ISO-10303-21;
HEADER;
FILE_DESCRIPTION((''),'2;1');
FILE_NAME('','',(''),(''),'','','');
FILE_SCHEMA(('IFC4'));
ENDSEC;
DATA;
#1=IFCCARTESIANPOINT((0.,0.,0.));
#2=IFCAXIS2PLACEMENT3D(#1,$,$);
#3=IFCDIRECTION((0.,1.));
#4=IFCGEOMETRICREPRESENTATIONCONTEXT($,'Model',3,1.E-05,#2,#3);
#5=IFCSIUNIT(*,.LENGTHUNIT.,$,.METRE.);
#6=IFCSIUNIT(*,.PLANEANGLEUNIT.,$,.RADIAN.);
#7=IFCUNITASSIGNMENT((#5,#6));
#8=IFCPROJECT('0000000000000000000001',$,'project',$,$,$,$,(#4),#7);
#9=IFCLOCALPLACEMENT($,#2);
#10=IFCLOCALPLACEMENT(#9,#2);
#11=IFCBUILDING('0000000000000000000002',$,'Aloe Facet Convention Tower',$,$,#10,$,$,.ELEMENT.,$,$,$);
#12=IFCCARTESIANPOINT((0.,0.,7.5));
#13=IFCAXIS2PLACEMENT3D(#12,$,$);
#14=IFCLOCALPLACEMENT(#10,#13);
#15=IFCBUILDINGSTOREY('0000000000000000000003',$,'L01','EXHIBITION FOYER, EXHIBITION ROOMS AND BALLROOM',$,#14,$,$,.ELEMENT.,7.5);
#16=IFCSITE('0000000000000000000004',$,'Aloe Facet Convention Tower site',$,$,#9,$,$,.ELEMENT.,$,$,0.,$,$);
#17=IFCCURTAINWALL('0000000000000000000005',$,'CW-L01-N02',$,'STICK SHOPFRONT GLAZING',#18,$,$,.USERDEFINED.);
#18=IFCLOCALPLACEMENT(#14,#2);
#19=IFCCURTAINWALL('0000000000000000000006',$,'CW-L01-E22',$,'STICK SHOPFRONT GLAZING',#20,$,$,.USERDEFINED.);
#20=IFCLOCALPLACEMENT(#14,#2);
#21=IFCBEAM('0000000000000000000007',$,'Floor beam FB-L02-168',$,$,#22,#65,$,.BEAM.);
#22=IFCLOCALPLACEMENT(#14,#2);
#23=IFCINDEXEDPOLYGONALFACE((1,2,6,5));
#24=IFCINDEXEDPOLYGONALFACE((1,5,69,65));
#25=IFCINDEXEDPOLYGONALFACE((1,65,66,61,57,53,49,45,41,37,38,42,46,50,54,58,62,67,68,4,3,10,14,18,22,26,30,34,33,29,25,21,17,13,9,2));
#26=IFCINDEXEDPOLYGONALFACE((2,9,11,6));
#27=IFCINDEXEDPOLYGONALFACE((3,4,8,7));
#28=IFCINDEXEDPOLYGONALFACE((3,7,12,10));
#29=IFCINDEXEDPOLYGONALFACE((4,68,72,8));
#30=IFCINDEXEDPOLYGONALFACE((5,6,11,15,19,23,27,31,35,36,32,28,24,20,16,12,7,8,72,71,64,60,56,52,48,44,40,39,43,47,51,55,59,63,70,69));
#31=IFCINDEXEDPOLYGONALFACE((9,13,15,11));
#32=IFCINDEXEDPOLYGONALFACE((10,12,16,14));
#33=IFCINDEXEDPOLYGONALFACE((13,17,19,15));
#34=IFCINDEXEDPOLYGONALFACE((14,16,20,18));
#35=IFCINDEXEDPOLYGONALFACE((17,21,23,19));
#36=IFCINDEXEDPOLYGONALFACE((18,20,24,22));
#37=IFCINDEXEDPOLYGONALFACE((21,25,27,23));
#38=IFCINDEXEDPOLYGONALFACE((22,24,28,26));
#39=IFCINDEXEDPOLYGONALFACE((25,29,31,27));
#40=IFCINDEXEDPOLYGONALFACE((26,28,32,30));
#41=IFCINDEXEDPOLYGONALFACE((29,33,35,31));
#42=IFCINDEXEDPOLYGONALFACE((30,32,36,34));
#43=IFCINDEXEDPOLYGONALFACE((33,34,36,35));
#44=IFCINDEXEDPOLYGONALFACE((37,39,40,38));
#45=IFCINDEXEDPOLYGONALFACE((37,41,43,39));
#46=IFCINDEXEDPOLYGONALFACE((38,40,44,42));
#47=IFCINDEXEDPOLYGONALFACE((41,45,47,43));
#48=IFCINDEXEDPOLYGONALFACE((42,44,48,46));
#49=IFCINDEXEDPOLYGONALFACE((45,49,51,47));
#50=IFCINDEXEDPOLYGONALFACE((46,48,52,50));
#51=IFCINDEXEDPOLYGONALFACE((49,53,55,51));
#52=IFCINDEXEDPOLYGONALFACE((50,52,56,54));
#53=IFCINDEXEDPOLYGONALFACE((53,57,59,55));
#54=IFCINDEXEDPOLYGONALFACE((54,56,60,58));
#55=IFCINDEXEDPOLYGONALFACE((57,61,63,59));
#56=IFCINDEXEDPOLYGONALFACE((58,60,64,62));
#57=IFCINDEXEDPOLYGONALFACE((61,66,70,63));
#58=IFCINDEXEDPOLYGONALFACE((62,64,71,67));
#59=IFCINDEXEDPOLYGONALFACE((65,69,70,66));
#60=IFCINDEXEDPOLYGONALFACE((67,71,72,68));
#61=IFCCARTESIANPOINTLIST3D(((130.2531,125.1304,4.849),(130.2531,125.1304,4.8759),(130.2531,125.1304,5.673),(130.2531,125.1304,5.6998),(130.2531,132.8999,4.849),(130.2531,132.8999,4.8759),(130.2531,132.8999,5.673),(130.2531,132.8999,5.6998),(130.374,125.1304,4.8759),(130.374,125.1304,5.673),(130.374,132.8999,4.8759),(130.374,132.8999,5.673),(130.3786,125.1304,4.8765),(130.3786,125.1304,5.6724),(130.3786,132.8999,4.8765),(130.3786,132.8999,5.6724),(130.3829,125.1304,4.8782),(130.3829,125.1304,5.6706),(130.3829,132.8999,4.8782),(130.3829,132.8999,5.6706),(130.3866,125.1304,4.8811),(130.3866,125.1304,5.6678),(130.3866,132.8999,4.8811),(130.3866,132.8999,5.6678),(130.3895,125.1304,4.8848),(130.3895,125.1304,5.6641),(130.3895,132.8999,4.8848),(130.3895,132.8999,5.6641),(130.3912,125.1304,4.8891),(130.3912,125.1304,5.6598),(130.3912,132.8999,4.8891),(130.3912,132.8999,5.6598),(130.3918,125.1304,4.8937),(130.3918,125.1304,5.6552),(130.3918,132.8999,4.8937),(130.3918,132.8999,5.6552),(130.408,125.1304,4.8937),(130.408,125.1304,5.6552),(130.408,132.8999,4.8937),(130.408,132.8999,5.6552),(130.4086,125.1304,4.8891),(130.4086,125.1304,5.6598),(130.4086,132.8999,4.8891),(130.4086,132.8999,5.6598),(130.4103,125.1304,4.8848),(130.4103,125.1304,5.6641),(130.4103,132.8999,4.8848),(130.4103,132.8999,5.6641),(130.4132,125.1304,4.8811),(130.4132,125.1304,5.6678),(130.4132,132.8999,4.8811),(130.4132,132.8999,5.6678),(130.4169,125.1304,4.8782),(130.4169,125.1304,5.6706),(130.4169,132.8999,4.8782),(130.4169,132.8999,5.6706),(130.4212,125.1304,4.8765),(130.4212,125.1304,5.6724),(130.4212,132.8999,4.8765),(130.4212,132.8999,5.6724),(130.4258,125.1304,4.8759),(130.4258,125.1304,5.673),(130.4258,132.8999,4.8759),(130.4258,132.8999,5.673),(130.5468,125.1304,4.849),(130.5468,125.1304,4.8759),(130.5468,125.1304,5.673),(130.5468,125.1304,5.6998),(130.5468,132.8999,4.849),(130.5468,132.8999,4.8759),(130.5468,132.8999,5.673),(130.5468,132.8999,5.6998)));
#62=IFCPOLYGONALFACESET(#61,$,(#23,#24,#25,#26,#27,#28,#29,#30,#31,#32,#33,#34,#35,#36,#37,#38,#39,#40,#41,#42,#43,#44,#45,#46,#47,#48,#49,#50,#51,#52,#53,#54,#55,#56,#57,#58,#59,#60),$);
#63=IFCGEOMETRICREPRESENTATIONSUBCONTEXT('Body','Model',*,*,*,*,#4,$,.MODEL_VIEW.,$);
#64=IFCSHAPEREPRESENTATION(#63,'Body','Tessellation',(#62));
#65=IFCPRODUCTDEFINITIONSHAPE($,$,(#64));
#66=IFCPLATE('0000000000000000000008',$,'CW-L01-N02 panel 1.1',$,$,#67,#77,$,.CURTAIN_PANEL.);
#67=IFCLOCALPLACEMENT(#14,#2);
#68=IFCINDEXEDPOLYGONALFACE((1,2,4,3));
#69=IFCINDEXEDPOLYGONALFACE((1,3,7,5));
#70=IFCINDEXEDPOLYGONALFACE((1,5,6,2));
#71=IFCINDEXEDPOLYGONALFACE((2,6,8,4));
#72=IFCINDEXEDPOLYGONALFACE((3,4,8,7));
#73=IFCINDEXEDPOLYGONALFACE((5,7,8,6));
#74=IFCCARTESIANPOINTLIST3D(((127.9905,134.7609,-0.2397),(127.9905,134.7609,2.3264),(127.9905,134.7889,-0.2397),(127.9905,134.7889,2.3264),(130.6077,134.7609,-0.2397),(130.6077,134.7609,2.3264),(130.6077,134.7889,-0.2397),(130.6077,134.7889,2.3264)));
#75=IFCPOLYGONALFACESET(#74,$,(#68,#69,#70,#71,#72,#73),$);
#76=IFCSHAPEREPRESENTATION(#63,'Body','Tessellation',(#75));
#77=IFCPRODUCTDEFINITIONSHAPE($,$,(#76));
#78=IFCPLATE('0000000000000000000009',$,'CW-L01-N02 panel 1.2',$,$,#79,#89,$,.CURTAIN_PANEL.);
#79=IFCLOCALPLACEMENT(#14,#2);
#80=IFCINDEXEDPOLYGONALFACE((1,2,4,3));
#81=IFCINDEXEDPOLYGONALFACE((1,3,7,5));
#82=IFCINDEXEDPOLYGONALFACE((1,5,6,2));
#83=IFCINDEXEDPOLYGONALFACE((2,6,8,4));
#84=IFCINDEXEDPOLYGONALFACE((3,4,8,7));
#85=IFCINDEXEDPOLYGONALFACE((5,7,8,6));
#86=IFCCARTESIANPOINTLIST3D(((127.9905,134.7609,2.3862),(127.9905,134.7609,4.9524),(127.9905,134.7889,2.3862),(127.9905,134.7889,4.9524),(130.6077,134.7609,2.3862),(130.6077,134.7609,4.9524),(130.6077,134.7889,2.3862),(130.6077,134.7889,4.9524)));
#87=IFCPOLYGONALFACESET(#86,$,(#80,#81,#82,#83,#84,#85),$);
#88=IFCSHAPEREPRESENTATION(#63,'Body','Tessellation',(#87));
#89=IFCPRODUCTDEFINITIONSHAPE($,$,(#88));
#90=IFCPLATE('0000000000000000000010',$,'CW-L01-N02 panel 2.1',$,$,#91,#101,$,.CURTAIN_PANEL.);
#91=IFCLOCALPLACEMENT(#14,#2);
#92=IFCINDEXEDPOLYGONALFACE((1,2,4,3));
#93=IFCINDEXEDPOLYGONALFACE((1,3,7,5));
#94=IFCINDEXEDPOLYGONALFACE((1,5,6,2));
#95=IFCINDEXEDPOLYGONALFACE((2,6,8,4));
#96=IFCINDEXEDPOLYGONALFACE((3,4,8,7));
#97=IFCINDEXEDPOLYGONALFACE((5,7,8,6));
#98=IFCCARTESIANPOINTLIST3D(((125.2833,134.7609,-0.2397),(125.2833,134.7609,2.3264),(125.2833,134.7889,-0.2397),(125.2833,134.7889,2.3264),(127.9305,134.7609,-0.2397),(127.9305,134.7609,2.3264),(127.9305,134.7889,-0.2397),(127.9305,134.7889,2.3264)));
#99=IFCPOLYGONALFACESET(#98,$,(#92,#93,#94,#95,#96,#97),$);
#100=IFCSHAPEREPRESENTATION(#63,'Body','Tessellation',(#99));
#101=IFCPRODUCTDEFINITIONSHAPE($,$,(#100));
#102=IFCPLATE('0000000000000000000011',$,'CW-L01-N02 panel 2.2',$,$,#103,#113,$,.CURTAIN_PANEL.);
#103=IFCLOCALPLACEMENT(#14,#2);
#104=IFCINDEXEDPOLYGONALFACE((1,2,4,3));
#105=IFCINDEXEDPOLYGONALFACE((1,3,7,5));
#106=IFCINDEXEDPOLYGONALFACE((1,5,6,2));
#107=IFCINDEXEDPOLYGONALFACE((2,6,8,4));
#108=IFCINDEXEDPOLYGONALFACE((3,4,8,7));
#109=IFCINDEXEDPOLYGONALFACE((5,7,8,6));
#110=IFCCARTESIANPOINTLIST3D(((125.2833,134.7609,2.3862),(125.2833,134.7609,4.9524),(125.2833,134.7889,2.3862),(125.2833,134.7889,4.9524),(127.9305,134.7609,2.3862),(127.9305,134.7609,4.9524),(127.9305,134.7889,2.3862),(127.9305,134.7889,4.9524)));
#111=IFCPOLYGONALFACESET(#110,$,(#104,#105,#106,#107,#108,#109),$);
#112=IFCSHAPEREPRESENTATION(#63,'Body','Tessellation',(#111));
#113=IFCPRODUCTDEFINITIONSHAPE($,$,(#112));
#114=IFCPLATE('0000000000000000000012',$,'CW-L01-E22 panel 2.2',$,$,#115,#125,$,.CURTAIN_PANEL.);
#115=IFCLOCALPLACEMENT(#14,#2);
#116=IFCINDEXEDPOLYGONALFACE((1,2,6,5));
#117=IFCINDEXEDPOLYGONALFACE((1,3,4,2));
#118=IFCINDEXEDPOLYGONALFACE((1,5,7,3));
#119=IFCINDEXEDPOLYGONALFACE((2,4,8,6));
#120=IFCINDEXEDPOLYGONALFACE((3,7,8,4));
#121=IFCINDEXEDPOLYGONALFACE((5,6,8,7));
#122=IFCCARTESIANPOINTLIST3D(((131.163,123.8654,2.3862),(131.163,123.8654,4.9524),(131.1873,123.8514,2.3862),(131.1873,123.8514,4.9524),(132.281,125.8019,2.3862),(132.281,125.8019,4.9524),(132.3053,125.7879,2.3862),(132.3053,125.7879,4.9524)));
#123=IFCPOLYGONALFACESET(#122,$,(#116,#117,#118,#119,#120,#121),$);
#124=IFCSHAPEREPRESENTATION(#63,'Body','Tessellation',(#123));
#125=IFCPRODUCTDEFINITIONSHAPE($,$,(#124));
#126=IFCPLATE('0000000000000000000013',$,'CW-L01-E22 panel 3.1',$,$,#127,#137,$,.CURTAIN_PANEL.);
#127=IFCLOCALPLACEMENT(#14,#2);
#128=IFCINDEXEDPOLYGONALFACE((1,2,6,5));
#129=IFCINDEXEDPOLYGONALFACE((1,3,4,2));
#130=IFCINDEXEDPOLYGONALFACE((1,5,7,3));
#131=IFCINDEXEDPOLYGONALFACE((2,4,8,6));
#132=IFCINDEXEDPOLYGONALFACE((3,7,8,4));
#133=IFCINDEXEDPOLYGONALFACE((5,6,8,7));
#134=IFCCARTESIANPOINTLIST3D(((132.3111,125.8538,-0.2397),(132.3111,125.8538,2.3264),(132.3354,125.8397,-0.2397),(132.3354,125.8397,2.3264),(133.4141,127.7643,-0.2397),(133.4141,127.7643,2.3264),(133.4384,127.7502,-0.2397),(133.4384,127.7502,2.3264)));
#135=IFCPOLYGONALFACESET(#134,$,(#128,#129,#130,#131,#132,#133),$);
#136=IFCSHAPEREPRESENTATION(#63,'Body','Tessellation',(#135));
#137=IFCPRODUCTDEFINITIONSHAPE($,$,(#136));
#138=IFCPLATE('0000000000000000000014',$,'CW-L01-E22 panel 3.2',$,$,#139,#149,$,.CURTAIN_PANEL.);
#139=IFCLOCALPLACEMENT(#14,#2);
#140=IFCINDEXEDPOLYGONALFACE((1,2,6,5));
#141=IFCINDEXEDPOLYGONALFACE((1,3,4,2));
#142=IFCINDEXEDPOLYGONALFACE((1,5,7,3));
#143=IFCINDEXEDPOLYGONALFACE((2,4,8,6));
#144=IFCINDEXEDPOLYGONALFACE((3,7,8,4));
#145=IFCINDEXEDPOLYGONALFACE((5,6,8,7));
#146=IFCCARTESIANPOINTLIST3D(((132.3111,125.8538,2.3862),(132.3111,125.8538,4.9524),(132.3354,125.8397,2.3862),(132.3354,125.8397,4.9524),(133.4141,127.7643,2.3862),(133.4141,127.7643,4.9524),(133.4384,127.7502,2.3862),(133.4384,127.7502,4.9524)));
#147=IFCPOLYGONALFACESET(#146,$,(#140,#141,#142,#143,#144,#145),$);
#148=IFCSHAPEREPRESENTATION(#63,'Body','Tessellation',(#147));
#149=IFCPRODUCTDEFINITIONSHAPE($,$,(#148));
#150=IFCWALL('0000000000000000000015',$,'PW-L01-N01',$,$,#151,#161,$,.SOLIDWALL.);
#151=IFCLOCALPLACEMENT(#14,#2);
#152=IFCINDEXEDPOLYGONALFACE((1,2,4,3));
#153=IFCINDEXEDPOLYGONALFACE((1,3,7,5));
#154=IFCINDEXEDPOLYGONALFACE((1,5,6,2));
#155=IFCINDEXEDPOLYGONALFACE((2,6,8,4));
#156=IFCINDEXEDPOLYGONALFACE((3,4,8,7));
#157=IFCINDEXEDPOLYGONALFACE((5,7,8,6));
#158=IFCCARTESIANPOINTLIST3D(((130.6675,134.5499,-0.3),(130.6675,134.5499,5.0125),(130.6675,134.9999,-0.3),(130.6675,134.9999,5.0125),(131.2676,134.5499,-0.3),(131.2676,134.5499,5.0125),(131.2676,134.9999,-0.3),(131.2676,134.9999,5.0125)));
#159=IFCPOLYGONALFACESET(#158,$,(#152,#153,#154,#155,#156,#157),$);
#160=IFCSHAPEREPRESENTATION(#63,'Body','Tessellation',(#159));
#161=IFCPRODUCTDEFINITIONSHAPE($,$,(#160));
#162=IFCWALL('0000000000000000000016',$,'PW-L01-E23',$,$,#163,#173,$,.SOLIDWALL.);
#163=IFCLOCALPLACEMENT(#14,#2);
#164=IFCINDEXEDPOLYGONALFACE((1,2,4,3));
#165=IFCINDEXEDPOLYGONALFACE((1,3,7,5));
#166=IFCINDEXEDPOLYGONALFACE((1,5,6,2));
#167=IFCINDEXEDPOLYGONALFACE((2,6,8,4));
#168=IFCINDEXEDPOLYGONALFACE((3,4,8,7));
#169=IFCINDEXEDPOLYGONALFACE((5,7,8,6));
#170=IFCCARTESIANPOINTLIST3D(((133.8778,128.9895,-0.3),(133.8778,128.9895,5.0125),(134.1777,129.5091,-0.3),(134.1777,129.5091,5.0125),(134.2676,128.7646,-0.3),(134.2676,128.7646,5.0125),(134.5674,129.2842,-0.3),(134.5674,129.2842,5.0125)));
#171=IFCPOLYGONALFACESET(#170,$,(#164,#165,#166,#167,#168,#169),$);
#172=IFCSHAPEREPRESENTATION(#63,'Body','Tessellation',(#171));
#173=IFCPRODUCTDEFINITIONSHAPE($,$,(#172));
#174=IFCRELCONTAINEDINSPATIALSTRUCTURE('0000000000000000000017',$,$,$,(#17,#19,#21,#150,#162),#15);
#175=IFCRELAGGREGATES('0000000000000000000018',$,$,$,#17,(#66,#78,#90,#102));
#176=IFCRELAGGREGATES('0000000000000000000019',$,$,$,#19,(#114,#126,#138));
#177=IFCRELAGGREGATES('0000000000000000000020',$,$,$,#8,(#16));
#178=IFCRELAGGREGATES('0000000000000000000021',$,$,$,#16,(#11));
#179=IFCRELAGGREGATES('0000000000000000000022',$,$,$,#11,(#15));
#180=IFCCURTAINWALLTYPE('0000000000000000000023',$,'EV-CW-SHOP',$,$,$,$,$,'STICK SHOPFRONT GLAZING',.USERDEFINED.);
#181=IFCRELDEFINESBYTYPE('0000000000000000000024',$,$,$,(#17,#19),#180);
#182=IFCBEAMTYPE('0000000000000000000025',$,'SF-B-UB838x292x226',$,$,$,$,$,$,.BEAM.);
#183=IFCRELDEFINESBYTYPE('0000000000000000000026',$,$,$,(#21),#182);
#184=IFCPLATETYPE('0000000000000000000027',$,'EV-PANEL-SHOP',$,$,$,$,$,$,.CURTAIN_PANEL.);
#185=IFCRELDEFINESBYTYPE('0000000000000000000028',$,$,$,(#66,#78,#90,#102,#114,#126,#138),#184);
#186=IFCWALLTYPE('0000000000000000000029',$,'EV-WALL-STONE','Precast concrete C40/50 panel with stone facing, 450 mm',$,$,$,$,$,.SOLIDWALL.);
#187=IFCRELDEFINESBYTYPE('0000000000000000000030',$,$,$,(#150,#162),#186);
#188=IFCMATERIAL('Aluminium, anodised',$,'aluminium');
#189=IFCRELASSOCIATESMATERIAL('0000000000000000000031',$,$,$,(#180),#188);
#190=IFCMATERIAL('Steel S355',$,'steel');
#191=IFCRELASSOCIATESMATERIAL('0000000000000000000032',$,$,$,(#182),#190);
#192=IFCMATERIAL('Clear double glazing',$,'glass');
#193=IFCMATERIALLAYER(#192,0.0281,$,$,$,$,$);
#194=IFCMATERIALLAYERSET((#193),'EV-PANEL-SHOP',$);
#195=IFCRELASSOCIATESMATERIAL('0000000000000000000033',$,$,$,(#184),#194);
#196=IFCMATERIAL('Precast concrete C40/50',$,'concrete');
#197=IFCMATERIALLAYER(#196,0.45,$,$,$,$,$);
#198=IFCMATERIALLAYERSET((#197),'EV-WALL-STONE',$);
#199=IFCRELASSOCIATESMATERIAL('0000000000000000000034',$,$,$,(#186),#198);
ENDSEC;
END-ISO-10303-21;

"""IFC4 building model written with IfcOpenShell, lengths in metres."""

from ifc_helpers import new_model, si_unit, direction, frame, frame_2d, origin, origin_2d, place, context, subcontext, project, spatial, rectangle, i_section, extrude, material, layer, layer_set, material_profile, profile_set, type_object, element, aggregate, save


model = new_model("IFC4")

# Units and contexts
model_context = context("Model", 3, precision=1e-05, world=origin(), true_north=direction((0.0, 1.0)))
body_context = subcontext(model_context, "Body", "Model", "MODEL_VIEW")
ifc_project = project(units=[si_unit("LENGTHUNIT", "METRE"), si_unit("PLANEANGLEUNIT", "RADIAN")], contexts=[model_context])

# Site, building, storey
site_placement = place(None, origin())
site = spatial("IfcSite", under=ifc_project, at=site_placement, Name="Aloe Facet Convention Tower site", CompositionType="ELEMENT", RefElevation=0.0)
building_placement = place(site_placement, origin())
building = spatial("IfcBuilding", under=site, at=building_placement, Name="Aloe Facet Convention Tower", CompositionType="ELEMENT")
storey_placement = place(building_placement, frame((0.0, 0.0, 7.5)))
storey = spatial("IfcBuildingStorey", under=building, at=storey_placement, Name="L01", Description="EXHIBITION FOYER, EXHIBITION ROOMS AND BALLROOM", CompositionType="ELEMENT", Elevation=7.5)

# Curtain walls
ifc_material_1 = material(Name="Aluminium, anodised", Category="aluminium")
curtain_wall_type = type_object("IfcCurtainWallType", Name="EV-CW-SHOP", ElementType="STICK SHOPFRONT GLAZING", PredefinedType="USERDEFINED", material=ifc_material_1)
curtain_wall_1_placement = place(storey_placement, origin())
curtain_wall_1 = element("IfcCurtainWall", 1, at=curtain_wall_1_placement, inside=storey, type_object=curtain_wall_type, Name="CW-L01-N02", ObjectType="STICK SHOPFRONT GLAZING", PredefinedType="USERDEFINED")
curtain_wall_2_placement = place(storey_placement, origin())
curtain_wall_2 = element("IfcCurtainWall", 2, at=curtain_wall_2_placement, inside=storey, type_object=curtain_wall_type, Name="CW-L01-E22", ObjectType="STICK SHOPFRONT GLAZING", PredefinedType="USERDEFINED")

# Beam
ifc_material_2 = material(Name="Steel S355", Category="steel")
ifc_material_profile_1 = material_profile(ifc_material_2, i_section(OverallWidth=0.2937, OverallDepth=0.8508, WebThickness=0.0161, FlangeThickness=0.0269, FilletRadius=0.0178, at=origin_2d()), Name="UB 838x292x226")
ifc_profile_set_1 = profile_set([ifc_material_profile_1], Name="Steel S355")
beam_type_1 = type_object("IfcBeamType", Name="SF-B-UB838x292x226", PredefinedType="BEAM", material=ifc_profile_set_1)
beam_1_placement = place(storey_placement, frame((130.3999, 125.1304, 5.2744), z_axis=(0.0, 1.0, 0.0), x_axis=(-1.0, 0.0, 0.0)))
element("IfcBeam", 3, at=beam_1_placement, inside=storey, type_object=beam_type_1, Name="Floor beam FB-L02-168", PredefinedType="BEAM", context=body_context, shape_type="SweptSolid", body=[
    extrude(i_section(OverallWidth=0.2937, OverallDepth=0.8508, WebThickness=0.0161, FlangeThickness=0.0269, FilletRadius=0.0178, at=origin_2d()), origin(), (0.0, 0.0, 1.0), 7.7695),
])

# Plates
ifc_material_3 = material(Name="Clear double glazing", Category="glass")
ifc_layer_1 = layer(ifc_material_3, 0.0281)
ifc_layer_set_1 = layer_set([ifc_layer_1], Name="EV-PANEL-SHOP")
plate_type = type_object("IfcPlateType", Name="EV-PANEL-SHOP", PredefinedType="CURTAIN_PANEL", material=ifc_layer_set_1)
plate_1_placement = place(storey_placement, frame((129.2991, 134.7749, -0.2397), z_axis=(0.0, 0.0, 1.0), x_axis=(-1.0, 0.0, 0.0)))
plate_1 = element("IfcPlate", 4, at=plate_1_placement, type_object=plate_type, Name="CW-L01-N02 panel 1.1", PredefinedType="CURTAIN_PANEL", context=body_context, shape_type="SweptSolid", body=[
    extrude(rectangle(XDim=2.6172, YDim=0.0281, at=origin_2d()), origin(), (0.0, 0.0, 1.0), 2.5662),
])
plate_2_placement = place(storey_placement, frame((129.2991, 134.7749, 2.3862), z_axis=(0.0, 0.0, 1.0), x_axis=(-1.0, 0.0, 0.0)))
plate_2 = element("IfcPlate", 5, at=plate_2_placement, type_object=plate_type, Name="CW-L01-N02 panel 1.2", PredefinedType="CURTAIN_PANEL", context=body_context, shape_type="SweptSolid", body=[
    extrude(rectangle(XDim=2.6172, YDim=0.0281, at=origin_2d()), origin(), (0.0, 0.0, 1.0), 2.5662),
])
plate_3_placement = place(storey_placement, frame((126.6069, 134.7749, -0.2397), z_axis=(0.0, 0.0, 1.0), x_axis=(-1.0, 0.0, 0.0)))
plate_3 = element("IfcPlate", 6, at=plate_3_placement, type_object=plate_type, Name="CW-L01-N02 panel 2.1", PredefinedType="CURTAIN_PANEL", context=body_context, shape_type="SweptSolid", body=[
    extrude(rectangle(XDim=2.6472, YDim=0.0281, at=origin_2d()), origin(), (0.0, 0.0, 1.0), 2.5662),
])
plate_4_placement = place(storey_placement, frame((126.6069, 134.7749, 2.3862), z_axis=(0.0, 0.0, 1.0), x_axis=(-1.0, 0.0, 0.0)))
plate_4 = element("IfcPlate", 7, at=plate_4_placement, type_object=plate_type, Name="CW-L01-N02 panel 2.2", PredefinedType="CURTAIN_PANEL", context=body_context, shape_type="SweptSolid", body=[
    extrude(rectangle(XDim=2.6472, YDim=0.0281, at=origin_2d()), origin(), (0.0, 0.0, 1.0), 2.5662),
])
aggregate(curtain_wall_1, [plate_1, plate_2, plate_3, plate_4])
plate_5_placement = place(storey_placement, frame((131.7341, 124.8267, 2.3862), z_axis=(0.0, 0.0, 1.0), x_axis=(0.5, 0.866025, 0.0)))
plate_5 = element("IfcPlate", 8, at=plate_5_placement, type_object=plate_type, Name="CW-L01-E22 panel 2.2", PredefinedType="CURTAIN_PANEL", context=body_context, shape_type="SweptSolid", body=[
    extrude(rectangle(XDim=2.2361, YDim=0.0281, at=origin_2d()), origin(), (0.0, 0.0, 1.0), 2.5662),
])
plate_6_placement = place(storey_placement, frame((132.8748, 126.802, -0.2397), z_axis=(0.0, 0.0, 1.0), x_axis=(0.5, 0.866025, 0.0)))
plate_6 = element("IfcPlate", 9, at=plate_6_placement, type_object=plate_type, Name="CW-L01-E22 panel 3.1", PredefinedType="CURTAIN_PANEL", context=body_context, shape_type="SweptSolid", body=[
    extrude(rectangle(XDim=2.2061, YDim=0.0281, at=origin_2d()), origin(), (0.0, 0.0, 1.0), 2.5662),
])
plate_7_placement = place(storey_placement, frame((132.8748, 126.802, 2.3862), z_axis=(0.0, 0.0, 1.0), x_axis=(0.5, 0.866025, 0.0)))
plate_7 = element("IfcPlate", 10, at=plate_7_placement, type_object=plate_type, Name="CW-L01-E22 panel 3.2", PredefinedType="CURTAIN_PANEL", context=body_context, shape_type="SweptSolid", body=[
    extrude(rectangle(XDim=2.2061, YDim=0.0281, at=origin_2d()), origin(), (0.0, 0.0, 1.0), 2.5662),
])
aggregate(curtain_wall_2, [plate_5, plate_6, plate_7])

# Walls
ifc_material_4 = material(Name="Precast concrete C40/50", Category="concrete")
ifc_layer_2 = layer(ifc_material_4, 0.45)
ifc_layer_set_2 = layer_set([ifc_layer_2], Name="EV-WALL-STONE")
wall_type = type_object("IfcWallType", Name="EV-WALL-STONE", Description="Precast concrete C40/50 panel with stone facing, 450 mm", PredefinedType="SOLIDWALL", material=ifc_layer_set_2)
wall_1_placement = place(storey_placement, frame((131.2676, 134.7749, -0.3), z_axis=(0.0, 0.0, 1.0), x_axis=(-1.0, 0.0, 0.0)))
element("IfcWall", 11, at=wall_1_placement, inside=storey, type_object=wall_type, Name="PW-L01-N01", PredefinedType="SOLIDWALL", context=body_context, shape_type="SweptSolid", body=[
    extrude(rectangle(XDim=0.6001, YDim=0.45, at=frame_2d((0.3, 0.0))), origin(), (0.0, 0.0, 1.0), 5.3125),
])
wall_2_placement = place(storey_placement, frame((134.0728, 128.8772, -0.3), z_axis=(0.0, 0.0, 1.0), x_axis=(0.499816, 0.866131, 0.0)))
element("IfcWall", 12, at=wall_2_placement, inside=storey, type_object=wall_type, Name="PW-L01-E23", PredefinedType="SOLIDWALL", context=body_context, shape_type="SweptSolid", body=[
    extrude(rectangle(XDim=0.5999, YDim=0.45, at=frame_2d((0.2998, 0.0))), origin(), (0.0, 0.0, 1.0), 5.3125),
])

save(model, "model.ifc")
